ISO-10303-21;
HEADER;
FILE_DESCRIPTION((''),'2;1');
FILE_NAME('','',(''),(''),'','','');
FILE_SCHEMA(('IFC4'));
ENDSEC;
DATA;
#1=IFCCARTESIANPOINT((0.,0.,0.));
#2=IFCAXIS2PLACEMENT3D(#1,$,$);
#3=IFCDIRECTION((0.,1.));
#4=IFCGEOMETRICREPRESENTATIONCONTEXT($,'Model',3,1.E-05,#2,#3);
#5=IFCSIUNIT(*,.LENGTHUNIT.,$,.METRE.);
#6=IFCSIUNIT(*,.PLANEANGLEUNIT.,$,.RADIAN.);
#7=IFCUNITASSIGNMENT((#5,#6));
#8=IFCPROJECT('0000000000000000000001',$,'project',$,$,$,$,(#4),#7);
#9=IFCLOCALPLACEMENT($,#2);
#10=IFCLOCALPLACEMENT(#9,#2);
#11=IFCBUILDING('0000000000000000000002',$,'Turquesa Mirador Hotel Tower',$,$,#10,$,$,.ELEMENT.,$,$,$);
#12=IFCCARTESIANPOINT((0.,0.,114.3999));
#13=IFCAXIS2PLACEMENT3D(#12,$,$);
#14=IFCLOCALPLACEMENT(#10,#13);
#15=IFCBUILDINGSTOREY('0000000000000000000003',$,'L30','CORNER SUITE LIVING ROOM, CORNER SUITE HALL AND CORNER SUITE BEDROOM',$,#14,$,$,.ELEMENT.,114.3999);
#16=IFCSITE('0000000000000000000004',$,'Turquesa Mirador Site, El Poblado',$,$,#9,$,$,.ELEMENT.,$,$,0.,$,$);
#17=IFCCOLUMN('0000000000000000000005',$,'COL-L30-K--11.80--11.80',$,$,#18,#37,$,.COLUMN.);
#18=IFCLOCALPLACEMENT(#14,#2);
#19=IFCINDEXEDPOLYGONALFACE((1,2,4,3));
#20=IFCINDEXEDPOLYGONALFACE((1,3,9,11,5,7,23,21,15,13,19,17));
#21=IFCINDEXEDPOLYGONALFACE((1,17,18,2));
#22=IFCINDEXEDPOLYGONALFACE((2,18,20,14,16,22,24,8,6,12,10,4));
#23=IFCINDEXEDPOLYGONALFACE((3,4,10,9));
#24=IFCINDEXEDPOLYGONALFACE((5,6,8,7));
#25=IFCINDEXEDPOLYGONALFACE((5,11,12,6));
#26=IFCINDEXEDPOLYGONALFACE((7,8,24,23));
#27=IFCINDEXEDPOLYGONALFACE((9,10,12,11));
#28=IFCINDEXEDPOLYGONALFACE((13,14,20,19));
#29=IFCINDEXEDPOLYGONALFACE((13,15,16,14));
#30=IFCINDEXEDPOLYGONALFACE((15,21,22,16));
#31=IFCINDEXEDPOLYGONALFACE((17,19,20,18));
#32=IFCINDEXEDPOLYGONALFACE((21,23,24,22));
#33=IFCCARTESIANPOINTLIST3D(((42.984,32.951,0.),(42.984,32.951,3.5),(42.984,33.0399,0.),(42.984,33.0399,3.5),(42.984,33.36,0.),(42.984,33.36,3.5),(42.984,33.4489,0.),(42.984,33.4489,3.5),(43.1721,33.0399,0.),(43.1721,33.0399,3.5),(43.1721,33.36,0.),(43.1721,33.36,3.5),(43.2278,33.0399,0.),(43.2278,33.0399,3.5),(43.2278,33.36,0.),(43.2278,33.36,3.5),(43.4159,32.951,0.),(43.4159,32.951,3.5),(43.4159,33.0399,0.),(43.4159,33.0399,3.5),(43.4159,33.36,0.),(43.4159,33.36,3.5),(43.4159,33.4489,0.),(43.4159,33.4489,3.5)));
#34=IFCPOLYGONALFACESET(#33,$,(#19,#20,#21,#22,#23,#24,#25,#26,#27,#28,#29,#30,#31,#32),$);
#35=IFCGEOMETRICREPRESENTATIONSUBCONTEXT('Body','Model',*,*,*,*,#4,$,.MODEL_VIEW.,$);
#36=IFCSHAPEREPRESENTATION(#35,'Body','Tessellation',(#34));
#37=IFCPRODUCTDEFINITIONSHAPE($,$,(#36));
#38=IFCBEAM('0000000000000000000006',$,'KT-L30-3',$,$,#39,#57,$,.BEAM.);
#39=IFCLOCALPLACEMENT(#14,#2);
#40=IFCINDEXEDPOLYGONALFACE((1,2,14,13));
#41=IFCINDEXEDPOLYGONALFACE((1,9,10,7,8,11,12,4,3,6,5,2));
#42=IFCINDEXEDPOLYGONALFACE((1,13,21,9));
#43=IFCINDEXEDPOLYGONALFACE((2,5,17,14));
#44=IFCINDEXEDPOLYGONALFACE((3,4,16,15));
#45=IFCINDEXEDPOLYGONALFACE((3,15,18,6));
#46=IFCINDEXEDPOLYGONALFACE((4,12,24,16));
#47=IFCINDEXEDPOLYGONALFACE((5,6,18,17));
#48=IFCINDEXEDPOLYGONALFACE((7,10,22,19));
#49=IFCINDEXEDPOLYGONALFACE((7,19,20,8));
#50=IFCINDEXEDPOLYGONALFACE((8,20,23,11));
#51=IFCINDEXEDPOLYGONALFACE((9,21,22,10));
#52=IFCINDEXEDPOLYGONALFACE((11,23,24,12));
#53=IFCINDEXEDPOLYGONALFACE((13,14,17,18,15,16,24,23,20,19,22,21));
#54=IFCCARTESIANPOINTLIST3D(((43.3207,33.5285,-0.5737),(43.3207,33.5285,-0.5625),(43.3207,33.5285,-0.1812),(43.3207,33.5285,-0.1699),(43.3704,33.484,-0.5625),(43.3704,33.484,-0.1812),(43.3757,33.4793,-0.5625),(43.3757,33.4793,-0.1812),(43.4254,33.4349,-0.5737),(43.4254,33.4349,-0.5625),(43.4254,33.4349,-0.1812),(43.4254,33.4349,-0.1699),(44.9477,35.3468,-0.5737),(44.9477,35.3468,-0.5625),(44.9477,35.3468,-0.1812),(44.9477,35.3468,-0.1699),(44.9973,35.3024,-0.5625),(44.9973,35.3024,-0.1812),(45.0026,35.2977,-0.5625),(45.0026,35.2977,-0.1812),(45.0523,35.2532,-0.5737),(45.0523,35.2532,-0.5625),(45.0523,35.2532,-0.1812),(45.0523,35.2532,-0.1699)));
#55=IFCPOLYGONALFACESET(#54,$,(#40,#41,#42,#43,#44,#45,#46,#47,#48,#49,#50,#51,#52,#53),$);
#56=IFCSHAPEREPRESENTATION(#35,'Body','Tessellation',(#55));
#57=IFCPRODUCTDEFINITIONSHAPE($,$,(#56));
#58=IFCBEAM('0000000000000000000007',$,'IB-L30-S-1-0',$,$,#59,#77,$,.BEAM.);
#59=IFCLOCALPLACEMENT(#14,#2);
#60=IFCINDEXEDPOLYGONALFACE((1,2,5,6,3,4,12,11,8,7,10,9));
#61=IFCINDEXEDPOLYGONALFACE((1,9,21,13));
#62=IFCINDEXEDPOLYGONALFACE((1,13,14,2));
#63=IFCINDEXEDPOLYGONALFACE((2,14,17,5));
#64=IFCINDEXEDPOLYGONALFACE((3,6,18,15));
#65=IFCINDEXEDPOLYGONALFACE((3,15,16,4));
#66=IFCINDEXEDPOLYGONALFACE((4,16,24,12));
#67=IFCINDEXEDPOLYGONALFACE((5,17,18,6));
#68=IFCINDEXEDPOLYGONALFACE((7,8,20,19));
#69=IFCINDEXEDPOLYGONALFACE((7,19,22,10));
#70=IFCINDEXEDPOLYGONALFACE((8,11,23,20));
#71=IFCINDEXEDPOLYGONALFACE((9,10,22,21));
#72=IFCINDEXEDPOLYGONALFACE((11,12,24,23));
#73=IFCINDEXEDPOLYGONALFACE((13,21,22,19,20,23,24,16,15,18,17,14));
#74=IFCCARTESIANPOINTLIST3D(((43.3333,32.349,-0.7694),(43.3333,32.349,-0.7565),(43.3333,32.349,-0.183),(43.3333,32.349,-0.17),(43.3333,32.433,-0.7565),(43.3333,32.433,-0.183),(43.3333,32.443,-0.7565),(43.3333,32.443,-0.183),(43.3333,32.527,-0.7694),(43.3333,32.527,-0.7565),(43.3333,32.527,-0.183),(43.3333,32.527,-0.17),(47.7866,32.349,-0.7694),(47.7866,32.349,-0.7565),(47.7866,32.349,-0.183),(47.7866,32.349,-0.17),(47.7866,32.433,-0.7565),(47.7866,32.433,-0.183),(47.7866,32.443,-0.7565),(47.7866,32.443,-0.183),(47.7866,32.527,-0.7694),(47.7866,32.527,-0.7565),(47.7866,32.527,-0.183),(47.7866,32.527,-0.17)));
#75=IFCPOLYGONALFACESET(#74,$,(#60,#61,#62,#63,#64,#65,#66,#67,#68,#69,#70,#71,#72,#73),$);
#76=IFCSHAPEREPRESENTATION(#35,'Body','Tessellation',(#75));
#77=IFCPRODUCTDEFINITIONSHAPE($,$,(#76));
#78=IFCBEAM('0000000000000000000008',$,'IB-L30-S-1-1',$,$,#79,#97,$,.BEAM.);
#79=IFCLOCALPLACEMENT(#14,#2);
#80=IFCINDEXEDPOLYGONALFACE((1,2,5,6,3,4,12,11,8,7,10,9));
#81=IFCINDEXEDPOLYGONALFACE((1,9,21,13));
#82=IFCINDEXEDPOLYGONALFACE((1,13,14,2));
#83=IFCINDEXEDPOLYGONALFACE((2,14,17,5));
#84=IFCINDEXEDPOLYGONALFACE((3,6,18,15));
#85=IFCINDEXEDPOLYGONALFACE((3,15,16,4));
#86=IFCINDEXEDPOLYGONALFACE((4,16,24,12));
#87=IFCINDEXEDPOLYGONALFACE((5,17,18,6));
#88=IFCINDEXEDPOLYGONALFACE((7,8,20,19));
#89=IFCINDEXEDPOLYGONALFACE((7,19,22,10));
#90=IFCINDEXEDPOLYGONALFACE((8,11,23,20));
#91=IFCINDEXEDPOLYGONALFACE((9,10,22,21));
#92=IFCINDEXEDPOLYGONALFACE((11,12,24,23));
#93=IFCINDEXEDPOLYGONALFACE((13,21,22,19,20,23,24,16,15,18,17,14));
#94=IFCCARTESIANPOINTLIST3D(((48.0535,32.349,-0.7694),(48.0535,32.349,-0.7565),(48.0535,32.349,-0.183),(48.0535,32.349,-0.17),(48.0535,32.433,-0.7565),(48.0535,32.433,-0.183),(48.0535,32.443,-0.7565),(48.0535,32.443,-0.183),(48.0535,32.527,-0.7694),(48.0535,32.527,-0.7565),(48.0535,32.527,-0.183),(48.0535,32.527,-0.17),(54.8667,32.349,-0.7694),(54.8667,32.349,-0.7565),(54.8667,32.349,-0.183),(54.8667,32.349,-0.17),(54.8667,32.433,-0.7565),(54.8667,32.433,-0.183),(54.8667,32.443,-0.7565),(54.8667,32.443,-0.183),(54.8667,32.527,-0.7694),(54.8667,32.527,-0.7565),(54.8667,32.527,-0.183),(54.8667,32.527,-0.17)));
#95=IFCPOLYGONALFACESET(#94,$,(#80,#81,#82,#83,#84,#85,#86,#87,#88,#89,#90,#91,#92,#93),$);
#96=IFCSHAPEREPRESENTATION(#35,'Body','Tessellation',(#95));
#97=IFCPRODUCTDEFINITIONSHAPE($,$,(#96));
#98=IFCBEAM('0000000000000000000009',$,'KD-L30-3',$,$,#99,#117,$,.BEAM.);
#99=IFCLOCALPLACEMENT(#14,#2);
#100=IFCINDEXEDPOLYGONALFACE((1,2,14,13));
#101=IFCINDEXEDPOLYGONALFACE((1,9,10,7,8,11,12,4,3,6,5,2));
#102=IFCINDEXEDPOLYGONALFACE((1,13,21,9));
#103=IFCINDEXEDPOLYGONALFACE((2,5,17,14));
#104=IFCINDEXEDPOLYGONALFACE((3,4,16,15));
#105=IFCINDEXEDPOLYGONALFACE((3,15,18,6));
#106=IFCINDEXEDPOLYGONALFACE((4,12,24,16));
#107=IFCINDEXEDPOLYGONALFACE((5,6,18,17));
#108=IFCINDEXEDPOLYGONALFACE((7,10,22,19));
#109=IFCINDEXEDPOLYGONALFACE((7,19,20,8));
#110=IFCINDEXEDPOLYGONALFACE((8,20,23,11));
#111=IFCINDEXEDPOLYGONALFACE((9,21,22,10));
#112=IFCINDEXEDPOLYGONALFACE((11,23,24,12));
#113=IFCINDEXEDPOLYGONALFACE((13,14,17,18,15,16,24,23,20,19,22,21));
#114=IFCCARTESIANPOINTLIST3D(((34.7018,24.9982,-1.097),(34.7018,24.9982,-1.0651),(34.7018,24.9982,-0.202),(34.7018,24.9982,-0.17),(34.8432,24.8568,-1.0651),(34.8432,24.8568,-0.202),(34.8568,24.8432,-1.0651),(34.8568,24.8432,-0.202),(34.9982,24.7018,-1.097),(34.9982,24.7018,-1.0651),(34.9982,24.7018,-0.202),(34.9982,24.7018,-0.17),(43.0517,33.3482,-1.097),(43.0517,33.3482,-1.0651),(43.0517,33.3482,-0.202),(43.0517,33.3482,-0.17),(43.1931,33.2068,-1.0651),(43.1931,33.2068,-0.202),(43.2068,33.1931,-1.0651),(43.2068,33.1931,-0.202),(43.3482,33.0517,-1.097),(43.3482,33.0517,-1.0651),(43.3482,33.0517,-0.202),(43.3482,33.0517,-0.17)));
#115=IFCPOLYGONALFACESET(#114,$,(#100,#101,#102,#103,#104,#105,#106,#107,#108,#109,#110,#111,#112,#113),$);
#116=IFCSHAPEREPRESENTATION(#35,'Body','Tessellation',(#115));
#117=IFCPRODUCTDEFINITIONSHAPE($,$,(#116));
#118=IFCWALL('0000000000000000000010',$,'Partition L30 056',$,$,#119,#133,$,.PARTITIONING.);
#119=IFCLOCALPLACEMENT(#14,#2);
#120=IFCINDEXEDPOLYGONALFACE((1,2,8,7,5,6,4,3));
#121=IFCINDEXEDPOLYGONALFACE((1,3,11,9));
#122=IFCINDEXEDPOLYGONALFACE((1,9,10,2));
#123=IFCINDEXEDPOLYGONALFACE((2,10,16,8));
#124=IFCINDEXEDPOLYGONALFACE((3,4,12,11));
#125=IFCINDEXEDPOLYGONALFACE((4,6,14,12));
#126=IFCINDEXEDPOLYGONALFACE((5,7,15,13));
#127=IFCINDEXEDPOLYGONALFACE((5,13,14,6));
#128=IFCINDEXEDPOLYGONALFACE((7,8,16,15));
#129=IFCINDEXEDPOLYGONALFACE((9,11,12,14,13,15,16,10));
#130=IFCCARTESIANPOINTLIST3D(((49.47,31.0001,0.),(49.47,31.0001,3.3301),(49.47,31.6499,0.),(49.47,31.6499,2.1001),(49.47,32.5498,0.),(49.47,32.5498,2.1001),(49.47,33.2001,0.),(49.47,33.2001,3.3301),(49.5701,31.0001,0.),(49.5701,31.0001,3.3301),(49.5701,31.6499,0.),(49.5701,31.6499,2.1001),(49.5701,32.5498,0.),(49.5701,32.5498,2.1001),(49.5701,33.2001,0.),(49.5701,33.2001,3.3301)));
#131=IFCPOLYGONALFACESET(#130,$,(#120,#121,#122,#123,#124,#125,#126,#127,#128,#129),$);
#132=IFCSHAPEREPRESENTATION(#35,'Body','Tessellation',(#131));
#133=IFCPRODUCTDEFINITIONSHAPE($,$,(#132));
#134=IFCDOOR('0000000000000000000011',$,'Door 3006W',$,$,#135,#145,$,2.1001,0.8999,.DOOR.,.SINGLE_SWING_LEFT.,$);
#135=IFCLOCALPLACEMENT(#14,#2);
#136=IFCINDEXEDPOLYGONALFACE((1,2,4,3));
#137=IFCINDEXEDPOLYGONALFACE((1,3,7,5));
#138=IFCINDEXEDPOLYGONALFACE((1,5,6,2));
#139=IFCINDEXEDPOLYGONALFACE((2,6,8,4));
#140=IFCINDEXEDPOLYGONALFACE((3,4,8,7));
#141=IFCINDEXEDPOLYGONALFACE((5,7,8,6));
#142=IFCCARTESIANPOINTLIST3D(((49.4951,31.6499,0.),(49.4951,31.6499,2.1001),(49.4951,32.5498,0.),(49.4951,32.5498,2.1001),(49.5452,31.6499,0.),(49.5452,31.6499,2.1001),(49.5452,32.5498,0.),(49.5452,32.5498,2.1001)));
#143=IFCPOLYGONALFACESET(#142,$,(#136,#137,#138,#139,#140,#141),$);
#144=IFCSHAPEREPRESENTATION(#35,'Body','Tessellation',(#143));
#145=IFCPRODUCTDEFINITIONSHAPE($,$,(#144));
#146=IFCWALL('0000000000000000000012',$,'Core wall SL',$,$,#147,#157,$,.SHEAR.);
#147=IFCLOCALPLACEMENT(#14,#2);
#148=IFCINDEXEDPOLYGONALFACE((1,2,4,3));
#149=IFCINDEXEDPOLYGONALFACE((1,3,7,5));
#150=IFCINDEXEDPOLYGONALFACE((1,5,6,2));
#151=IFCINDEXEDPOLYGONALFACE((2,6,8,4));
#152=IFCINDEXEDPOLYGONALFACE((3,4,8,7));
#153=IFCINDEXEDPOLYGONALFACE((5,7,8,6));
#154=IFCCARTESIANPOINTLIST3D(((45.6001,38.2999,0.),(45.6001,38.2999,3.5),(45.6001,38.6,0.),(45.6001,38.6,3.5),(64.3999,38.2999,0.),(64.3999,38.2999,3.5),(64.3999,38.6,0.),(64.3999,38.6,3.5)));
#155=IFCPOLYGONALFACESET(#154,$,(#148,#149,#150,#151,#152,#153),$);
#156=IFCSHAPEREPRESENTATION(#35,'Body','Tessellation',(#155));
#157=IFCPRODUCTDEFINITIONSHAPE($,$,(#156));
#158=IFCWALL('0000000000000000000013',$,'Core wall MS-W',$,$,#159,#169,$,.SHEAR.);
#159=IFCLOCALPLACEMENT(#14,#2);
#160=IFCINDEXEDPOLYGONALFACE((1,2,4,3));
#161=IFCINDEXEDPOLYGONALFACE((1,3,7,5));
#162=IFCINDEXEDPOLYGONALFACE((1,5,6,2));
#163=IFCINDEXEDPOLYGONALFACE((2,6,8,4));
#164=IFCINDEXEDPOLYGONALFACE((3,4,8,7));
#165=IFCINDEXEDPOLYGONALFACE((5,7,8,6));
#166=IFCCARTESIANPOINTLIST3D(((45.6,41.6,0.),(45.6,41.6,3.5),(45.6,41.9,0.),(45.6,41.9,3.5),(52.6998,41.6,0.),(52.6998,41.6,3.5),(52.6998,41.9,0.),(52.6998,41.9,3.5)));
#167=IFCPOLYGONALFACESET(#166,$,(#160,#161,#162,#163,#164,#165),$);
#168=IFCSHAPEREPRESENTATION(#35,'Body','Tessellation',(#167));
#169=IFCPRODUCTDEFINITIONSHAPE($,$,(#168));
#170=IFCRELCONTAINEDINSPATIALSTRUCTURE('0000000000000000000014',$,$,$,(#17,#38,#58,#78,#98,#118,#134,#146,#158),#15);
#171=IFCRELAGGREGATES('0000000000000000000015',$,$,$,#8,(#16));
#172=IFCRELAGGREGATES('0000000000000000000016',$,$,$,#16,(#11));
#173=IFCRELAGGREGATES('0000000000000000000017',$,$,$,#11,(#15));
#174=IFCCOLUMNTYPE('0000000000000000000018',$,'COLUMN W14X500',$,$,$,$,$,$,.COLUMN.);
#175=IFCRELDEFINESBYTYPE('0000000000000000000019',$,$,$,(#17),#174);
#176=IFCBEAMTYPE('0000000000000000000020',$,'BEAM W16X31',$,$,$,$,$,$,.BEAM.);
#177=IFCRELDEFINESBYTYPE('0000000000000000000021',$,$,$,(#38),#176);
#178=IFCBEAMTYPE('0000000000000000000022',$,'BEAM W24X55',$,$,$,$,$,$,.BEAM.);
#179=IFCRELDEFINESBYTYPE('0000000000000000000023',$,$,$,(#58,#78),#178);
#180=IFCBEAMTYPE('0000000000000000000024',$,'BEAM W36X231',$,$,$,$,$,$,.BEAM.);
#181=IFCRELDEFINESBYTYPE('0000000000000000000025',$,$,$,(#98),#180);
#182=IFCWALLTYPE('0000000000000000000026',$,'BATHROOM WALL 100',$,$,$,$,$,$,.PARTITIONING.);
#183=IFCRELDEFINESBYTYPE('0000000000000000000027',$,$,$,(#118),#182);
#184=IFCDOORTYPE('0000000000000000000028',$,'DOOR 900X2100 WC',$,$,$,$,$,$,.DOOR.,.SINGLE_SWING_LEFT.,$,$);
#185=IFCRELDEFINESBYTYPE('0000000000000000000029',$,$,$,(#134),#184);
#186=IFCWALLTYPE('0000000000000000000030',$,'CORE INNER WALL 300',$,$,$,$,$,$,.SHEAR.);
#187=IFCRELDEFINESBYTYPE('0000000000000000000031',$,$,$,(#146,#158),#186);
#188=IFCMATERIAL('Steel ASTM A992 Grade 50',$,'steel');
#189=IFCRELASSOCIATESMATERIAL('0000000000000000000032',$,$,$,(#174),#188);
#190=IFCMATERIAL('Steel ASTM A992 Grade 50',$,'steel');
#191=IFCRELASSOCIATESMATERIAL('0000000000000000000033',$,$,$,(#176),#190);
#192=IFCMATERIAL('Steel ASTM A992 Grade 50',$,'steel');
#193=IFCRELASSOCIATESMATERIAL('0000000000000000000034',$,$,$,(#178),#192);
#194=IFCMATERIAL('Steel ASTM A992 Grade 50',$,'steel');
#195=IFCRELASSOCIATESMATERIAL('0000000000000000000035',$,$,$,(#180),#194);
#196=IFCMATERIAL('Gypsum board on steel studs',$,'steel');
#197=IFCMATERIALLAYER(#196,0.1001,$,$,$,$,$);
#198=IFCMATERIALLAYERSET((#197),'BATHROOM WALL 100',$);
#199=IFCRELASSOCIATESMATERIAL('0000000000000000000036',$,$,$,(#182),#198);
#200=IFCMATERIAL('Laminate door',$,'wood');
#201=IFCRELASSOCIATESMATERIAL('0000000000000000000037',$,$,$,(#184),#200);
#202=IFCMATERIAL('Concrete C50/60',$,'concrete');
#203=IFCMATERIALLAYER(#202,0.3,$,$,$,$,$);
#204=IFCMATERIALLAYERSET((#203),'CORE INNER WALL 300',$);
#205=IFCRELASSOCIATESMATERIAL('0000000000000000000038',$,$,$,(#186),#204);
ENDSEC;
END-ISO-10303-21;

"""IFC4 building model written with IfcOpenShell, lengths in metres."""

from ifc_helpers import new_model, si_unit, direction, frame, frame_2d, origin, origin_2d, place, context, subcontext, project, spatial, rectangle, i_section, extrude, material, layer, layer_set, material_profile, profile_set, type_object, element, fill, save


model = new_model("IFC4")

# Units and contexts
model_context = context("Model", 3, precision=1e-05, world=origin(), true_north=direction((0.0, 1.0)))
body_context = subcontext(model_context, "Body", "Model", "MODEL_VIEW")
ifc_project = project(units=[si_unit("LENGTHUNIT", "METRE"), si_unit("PLANEANGLEUNIT", "RADIAN")], contexts=[model_context])

# Site, building, storey
site_placement = place(None, origin())
site = spatial("IfcSite", under=ifc_project, at=site_placement, Name="Turquesa Mirador Site, El Poblado", CompositionType="ELEMENT", RefElevation=0.0)
building_placement = place(site_placement, origin())
building = spatial("IfcBuilding", under=site, at=building_placement, Name="Turquesa Mirador Hotel Tower", CompositionType="ELEMENT")
storey_placement = place(building_placement, frame((0.0, 0.0, 114.3999)))
storey = spatial("IfcBuildingStorey", under=building, at=storey_placement, Name="L30", Description="CORNER SUITE LIVING ROOM, CORNER SUITE HALL AND CORNER SUITE BEDROOM", CompositionType="ELEMENT", Elevation=114.3999)

# Column
ifc_material_1 = material(Name="Steel ASTM A992 Grade 50", Category="steel")
ifc_material_profile_1 = material_profile(ifc_material_1, i_section(OverallWidth=0.4319, OverallDepth=0.4978, WebThickness=0.0557, FlangeThickness=0.0889, at=origin_2d()), Name="W14X500")
ifc_profile_set_1 = profile_set([ifc_material_profile_1], Name="Steel ASTM A992 Grade 50")
column_type = type_object("IfcColumnType", Name="COLUMN W14X500", PredefinedType="COLUMN", material=ifc_profile_set_1)
column_placement = place(storey_placement, frame((43.2, 33.2, 0.0), z_axis=(0.0, 0.0, 1.0), x_axis=(1.0, 0.0, 0.0)))
element("IfcColumn", 1, at=column_placement, inside=storey, type_object=column_type, Name="COL-L30-K--11.80--11.80", PredefinedType="COLUMN", context=body_context, shape_type="SweptSolid", body=[
    extrude(i_section(OverallWidth=0.4319, OverallDepth=0.4978, WebThickness=0.0557, FlangeThickness=0.0889, at=origin_2d()), origin(), (0.0, 0.0, 1.0), 3.5),
])

# Beams
ifc_material_2 = material(Name="Steel ASTM A992 Grade 50", Category="steel")
ifc_material_profile_2 = material_profile(ifc_material_2, i_section(OverallWidth=0.1404, OverallDepth=0.4038, WebThickness=0.0071, FlangeThickness=0.0112, at=origin_2d()), Name="W16X31")
ifc_profile_set_2 = profile_set([ifc_material_profile_2], Name="Steel ASTM A992 Grade 50")
beam_type_1 = type_object("IfcBeamType", Name="BEAM W16X31", PredefinedType="BEAM", material=ifc_profile_set_2)
beam_1_placement = place(storey_placement, frame((43.373, 33.4817, -0.3718), z_axis=(0.666795, 0.745241, 0.0), x_axis=(-0.745241, 0.666795, 0.0)))
element("IfcBeam", 2, at=beam_1_placement, inside=storey, type_object=beam_type_1, Name="KT-L30-3", PredefinedType="BEAM", context=body_context, shape_type="SweptSolid", body=[
    extrude(i_section(OverallWidth=0.1404, OverallDepth=0.4038, WebThickness=0.0071, FlangeThickness=0.0112, at=origin_2d()), origin(), (0.0, 0.0, 1.0), 2.4399),
])
ifc_material_3 = material(Name="Steel ASTM A992 Grade 50", Category="steel")
ifc_material_profile_3 = material_profile(ifc_material_3, i_section(OverallWidth=0.178, OverallDepth=0.5994, WebThickness=0.01, FlangeThickness=0.0129, at=origin_2d()), Name="W24X55")
ifc_profile_set_3 = profile_set([ifc_material_profile_3], Name="Steel ASTM A992 Grade 50")
beam_type_2 = type_object("IfcBeamType", Name="BEAM W24X55", PredefinedType="BEAM", material=ifc_profile_set_3)
beam_2_placement = place(storey_placement, frame((43.3333, 32.438, -0.4697), z_axis=(1.0, 0.0, 0.0), x_axis=(0.0, 1.0, 0.0)))
element("IfcBeam", 3, at=beam_2_placement, inside=storey, type_object=beam_type_2, Name="IB-L30-S-1-0", PredefinedType="BEAM", context=body_context, shape_type="SweptSolid", body=[
    extrude(i_section(OverallWidth=0.178, OverallDepth=0.5994, WebThickness=0.01, FlangeThickness=0.0129, at=origin_2d()), origin(), (0.0, 0.0, 1.0), 4.4534),
])
beam_3_placement = place(storey_placement, frame((48.0535, 32.438, -0.4697), z_axis=(1.0, 0.0, 0.0), x_axis=(0.0, 1.0, 0.0)))
element("IfcBeam", 4, at=beam_3_placement, inside=storey, type_object=beam_type_2, Name="IB-L30-S-1-1", PredefinedType="BEAM", context=body_context, shape_type="SweptSolid", body=[
    extrude(i_section(OverallWidth=0.178, OverallDepth=0.5994, WebThickness=0.01, FlangeThickness=0.0129, at=origin_2d()), origin(), (0.0, 0.0, 1.0), 6.8132),
])
ifc_material_4 = material(Name="Steel ASTM A992 Grade 50", Category="steel")
ifc_material_profile_4 = material_profile(ifc_material_4, i_section(OverallWidth=0.4192, OverallDepth=0.927, WebThickness=0.0193, FlangeThickness=0.032, at=origin_2d()), Name="W36X231")
ifc_profile_set_4 = profile_set([ifc_material_profile_4], Name="Steel ASTM A992 Grade 50")
beam_type_3 = type_object("IfcBeamType", Name="BEAM W36X231", PredefinedType="BEAM", material=ifc_profile_set_4)
beam_4_placement = place(storey_placement, frame((43.2, 33.2, -0.6335), z_axis=(-0.707107, -0.707107, 0.0), x_axis=(0.707107, -0.707107, 0.0)))
element("IfcBeam", 5, at=beam_4_placement, inside=storey, type_object=beam_type_3, Name="KD-L30-3", PredefinedType="BEAM", context=body_context, shape_type="SweptSolid", body=[
    extrude(i_section(OverallWidth=0.4192, OverallDepth=0.927, WebThickness=0.0193, FlangeThickness=0.032, at=origin_2d()), origin(), (0.0, 0.0, 1.0), 11.8086),
])

# Wall, opening, door
ifc_material_5 = material(Name="Gypsum board on steel studs", Category="steel")
ifc_layer_1 = layer(ifc_material_5, 0.1001)
ifc_layer_set_1 = layer_set([ifc_layer_1], Name="BATHROOM WALL 100")
wall_type_1 = type_object("IfcWallType", Name="BATHROOM WALL 100", PredefinedType="PARTITIONING", material=ifc_layer_set_1)
wall_1_placement = place(storey_placement, frame((49.52, 31.0, 0.0), z_axis=(0.0, 0.0, 1.0), x_axis=(0.0, 1.0, 0.0)))
wall_1 = element("IfcWall", 6, at=wall_1_placement, inside=storey, type_object=wall_type_1, Name="Partition L30 056", PredefinedType="PARTITIONING", context=body_context, shape_type="SweptSolid", body=[
    extrude(rectangle(XDim=2.2, YDim=0.1001, at=frame_2d((1.1001, 0.0))), origin(), (0.0, 0.0, 1.0), 3.3301),
])
opening_1_placement = place(wall_1_placement, frame((0.6499, 0.0, 0.0)))
opening_1 = element("IfcOpeningElement", 7, at=opening_1_placement, cuts=wall_1, PredefinedType="OPENING", context=body_context, shape_type="SweptSolid", body=[
    extrude(rectangle(XDim=0.8999, YDim=2.1001, at=frame_2d((0.45, 1.05))), frame((0.0, 0.0601, 0.0), z_axis=(0.0, -1.0, 0.0), x_axis=(1.0, 0.0, 0.0)), (0.0, 0.0, 1.0), 0.1201),
])
ifc_material_6 = material(Name="Laminate door", Category="wood")
door_type_1 = type_object("IfcDoorType", Name="DOOR 900X2100 WC", OperationType="SINGLE_SWING_LEFT", PredefinedType="DOOR", material=ifc_material_6)
door_1_placement = place(opening_1_placement, origin())
door_1 = element("IfcDoor", 8, at=door_1_placement, inside=storey, type_object=door_type_1, Name="Door 3006W", OperationType="SINGLE_SWING_LEFT", OverallHeight=2.1001, OverallWidth=0.8999, PredefinedType="DOOR", context=body_context, shape_type="SweptSolid", body=[
    extrude(rectangle(XDim=0.8999, YDim=2.1001, at=frame_2d((0.45, 1.05))), frame((0.0, 0.0249, 0.0), z_axis=(0.0, -1.0, 0.0), x_axis=(1.0, 0.0, 0.0)), (0.0, 0.0, 1.0), 0.05),
])
fill(opening_1, door_1)

# Walls
ifc_material_7 = material(Name="Concrete C50/60", Category="concrete")
ifc_layer_2 = layer(ifc_material_7, 0.3)
ifc_layer_set_2 = layer_set([ifc_layer_2], Name="CORE INNER WALL 300")
wall_type_2 = type_object("IfcWallType", Name="CORE INNER WALL 300", PredefinedType="SHEAR", material=ifc_layer_set_2)
wall_2_placement = place(storey_placement, frame((45.6001, 38.45, 0.0), z_axis=(0.0, 0.0, 1.0), x_axis=(1.0, 0.0, 0.0)))
element("IfcWall", 9, at=wall_2_placement, inside=storey, type_object=wall_type_2, Name="Core wall SL", PredefinedType="SHEAR", context=body_context, shape_type="SweptSolid", body=[
    extrude(rectangle(XDim=18.7998, YDim=0.3, at=frame_2d((9.3999, 0.0))), origin(), (0.0, 0.0, 1.0), 3.5),
])
wall_3_placement = place(storey_placement, frame((45.6001, 41.75, 0.0), z_axis=(0.0, 0.0, 1.0), x_axis=(1.0, 0.0, 0.0)))
element("IfcWall", 10, at=wall_3_placement, inside=storey, type_object=wall_type_2, Name="Core wall MS-W", PredefinedType="SHEAR", context=body_context, shape_type="SweptSolid", body=[
    extrude(rectangle(XDim=7.0999, YDim=0.3, at=frame_2d((3.5498, 0.0))), origin(), (0.0, 0.0, 1.0), 3.5),
])

save(model, "model.ifc")
